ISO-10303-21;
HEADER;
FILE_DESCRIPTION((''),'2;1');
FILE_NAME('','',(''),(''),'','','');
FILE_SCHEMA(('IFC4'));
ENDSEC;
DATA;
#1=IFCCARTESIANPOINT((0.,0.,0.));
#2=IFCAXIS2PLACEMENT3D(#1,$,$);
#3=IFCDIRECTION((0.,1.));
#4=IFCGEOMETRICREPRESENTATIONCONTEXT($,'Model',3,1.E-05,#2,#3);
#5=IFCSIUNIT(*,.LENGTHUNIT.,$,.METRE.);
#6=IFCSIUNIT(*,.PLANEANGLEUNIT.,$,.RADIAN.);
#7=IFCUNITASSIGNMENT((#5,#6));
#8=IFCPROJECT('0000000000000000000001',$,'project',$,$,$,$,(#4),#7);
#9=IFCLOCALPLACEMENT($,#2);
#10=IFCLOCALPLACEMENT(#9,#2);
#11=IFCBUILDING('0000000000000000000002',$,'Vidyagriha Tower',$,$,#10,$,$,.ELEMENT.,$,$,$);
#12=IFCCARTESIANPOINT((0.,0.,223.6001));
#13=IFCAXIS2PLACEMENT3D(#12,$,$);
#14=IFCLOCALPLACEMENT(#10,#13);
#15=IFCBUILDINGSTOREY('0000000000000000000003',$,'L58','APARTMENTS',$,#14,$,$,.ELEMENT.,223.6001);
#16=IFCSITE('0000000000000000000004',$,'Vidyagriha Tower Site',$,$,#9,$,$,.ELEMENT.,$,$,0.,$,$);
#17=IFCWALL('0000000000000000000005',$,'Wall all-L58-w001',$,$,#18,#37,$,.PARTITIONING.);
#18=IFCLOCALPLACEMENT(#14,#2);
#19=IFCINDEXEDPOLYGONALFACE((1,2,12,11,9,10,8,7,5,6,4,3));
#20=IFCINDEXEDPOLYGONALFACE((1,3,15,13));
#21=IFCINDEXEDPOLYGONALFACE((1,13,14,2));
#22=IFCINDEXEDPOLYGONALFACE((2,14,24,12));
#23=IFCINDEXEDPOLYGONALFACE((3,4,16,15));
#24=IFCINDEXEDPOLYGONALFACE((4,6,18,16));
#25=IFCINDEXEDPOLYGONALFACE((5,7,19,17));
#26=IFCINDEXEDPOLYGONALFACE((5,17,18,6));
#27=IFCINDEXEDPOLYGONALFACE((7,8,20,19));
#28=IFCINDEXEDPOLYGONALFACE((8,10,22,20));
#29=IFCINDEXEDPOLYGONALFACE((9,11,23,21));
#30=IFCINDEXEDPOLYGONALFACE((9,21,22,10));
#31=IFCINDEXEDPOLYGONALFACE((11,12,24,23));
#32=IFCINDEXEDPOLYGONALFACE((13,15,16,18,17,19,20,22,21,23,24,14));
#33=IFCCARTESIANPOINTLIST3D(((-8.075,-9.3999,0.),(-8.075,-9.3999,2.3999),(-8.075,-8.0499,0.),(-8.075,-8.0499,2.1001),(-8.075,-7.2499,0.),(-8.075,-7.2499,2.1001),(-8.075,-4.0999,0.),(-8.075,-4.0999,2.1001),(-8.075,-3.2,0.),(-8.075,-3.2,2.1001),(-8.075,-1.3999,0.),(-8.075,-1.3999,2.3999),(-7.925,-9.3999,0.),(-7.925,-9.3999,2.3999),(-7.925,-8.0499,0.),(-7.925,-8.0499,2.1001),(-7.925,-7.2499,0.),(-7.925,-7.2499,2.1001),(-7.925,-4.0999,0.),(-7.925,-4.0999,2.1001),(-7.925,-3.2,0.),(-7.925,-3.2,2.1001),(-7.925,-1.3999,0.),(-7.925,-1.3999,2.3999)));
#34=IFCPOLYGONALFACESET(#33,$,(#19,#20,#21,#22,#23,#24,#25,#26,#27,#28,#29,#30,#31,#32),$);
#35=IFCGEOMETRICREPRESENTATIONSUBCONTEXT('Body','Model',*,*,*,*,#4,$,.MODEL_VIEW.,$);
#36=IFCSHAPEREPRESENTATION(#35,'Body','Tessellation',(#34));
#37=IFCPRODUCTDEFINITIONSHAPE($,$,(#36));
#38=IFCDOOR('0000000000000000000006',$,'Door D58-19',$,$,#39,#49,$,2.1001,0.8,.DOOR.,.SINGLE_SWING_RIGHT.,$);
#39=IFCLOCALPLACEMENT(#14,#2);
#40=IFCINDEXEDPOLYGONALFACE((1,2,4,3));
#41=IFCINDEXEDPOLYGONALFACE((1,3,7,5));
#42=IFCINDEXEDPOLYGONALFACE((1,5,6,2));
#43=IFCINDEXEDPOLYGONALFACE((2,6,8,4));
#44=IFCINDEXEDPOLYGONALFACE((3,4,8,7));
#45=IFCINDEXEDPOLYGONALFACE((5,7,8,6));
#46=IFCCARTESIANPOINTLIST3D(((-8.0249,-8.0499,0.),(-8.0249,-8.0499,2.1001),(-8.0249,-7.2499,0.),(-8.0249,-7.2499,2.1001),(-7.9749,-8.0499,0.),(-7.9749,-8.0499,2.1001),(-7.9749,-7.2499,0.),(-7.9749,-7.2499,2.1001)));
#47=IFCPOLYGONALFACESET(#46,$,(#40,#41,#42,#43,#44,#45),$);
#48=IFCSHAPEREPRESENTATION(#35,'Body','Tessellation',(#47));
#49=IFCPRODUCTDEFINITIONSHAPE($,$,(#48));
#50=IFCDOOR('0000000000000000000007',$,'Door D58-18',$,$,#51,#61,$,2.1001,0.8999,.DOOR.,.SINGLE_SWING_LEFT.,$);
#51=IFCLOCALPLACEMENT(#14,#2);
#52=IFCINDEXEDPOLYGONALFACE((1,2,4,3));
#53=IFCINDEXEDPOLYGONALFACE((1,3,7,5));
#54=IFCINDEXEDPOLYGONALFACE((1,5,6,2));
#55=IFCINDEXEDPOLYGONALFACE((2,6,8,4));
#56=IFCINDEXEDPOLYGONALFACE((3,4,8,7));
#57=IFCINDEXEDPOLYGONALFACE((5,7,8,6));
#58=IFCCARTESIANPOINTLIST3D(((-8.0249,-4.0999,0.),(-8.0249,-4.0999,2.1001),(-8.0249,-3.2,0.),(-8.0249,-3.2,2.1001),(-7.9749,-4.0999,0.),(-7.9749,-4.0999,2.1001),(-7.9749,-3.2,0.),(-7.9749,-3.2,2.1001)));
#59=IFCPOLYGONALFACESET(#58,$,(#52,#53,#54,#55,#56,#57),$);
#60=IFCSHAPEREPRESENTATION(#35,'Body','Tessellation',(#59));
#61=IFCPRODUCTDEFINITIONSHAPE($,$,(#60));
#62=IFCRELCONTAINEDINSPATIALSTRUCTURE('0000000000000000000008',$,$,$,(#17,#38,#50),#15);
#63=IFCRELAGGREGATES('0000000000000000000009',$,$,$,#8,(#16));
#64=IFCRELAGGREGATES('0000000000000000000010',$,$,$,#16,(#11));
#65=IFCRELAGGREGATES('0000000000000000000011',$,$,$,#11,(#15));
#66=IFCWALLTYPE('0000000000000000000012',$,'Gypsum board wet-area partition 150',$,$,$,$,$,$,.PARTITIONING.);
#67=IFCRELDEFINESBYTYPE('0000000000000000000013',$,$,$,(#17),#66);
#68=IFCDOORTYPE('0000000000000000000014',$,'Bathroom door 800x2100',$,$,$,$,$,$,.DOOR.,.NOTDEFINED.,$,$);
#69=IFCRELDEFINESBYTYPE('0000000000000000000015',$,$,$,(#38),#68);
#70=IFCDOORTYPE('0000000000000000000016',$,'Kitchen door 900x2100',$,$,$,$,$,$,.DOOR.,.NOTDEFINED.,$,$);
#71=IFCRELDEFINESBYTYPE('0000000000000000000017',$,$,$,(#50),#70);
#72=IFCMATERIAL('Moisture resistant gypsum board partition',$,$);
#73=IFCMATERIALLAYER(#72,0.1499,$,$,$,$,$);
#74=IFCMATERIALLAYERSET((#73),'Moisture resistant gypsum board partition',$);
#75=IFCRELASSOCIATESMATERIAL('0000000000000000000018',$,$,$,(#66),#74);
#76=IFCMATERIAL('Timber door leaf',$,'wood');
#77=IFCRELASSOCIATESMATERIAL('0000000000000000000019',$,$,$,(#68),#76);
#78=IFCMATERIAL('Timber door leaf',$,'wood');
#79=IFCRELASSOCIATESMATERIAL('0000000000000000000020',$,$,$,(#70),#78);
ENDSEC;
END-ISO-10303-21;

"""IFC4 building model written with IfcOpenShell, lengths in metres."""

from ifc_helpers import new_model, si_unit, direction, frame, frame_2d, origin, place, context, subcontext, project, spatial, rectangle, extrude, material, layer, layer_set, type_object, element, fill, save


model = new_model("IFC4")

# Units and contexts
model_context = context("Model", 3, precision=1e-05, world=origin(), true_north=direction((0.0, 1.0)))
body_context = subcontext(model_context, "Body", "Model", "MODEL_VIEW")
ifc_project = project(units=[si_unit("LENGTHUNIT", "METRE"), si_unit("PLANEANGLEUNIT", "RADIAN")], contexts=[model_context])

# Site, building, storey
site_placement = place(None, origin())
site = spatial("IfcSite", under=ifc_project, at=site_placement, Name="Vidyagriha Tower Site", CompositionType="ELEMENT", RefElevation=0.0)
building_placement = place(site_placement, origin())
building = spatial("IfcBuilding", under=site, at=building_placement, Name="Vidyagriha Tower", CompositionType="ELEMENT")
storey_placement = place(building_placement, frame((0.0, 0.0, 223.6001)))
storey = spatial("IfcBuildingStorey", under=building, at=storey_placement, Name="L58", Description="APARTMENTS", CompositionType="ELEMENT", Elevation=223.6001)

# Wall, openings, doors
ifc_material_1 = material(Name="Moisture resistant gypsum board partition")
ifc_layer_1 = layer(ifc_material_1, 0.1499)
ifc_layer_set_1 = layer_set([ifc_layer_1], Name="Moisture resistant gypsum board partition")
wall_type_1 = type_object("IfcWallType", Name="Gypsum board wet-area partition 150", PredefinedType="PARTITIONING", material=ifc_layer_set_1)
wall_1_placement = place(storey_placement, frame((-8.0, -9.3999, 0.0), z_axis=(0.0, 0.0, 1.0), x_axis=(0.0, 1.0, 0.0)))
wall_1 = element("IfcWall", 1, at=wall_1_placement, inside=storey, type_object=wall_type_1, Name="Wall all-L58-w001", PredefinedType="PARTITIONING", context=body_context, shape_type="SweptSolid", body=[
    extrude(rectangle(XDim=8.0, YDim=0.1499, at=frame_2d((4.0, 0.0))), origin(), (0.0, 0.0, 1.0), 2.3999),
])
opening_1_placement = place(wall_1_placement, frame((5.3, 0.0, 0.0)))
opening_1 = element("IfcOpeningElement", 2, at=opening_1_placement, cuts=wall_1, PredefinedType="OPENING", context=body_context, shape_type="SweptSolid", body=[
    extrude(rectangle(XDim=0.8999, YDim=2.1001, at=frame_2d((0.45, 1.05))), frame((0.0, 0.085, 0.0), z_axis=(0.0, -1.0, 0.0), x_axis=(1.0, 0.0, 0.0)), (0.0, 0.0, 1.0), 0.1699),
])
opening_2_placement = place(wall_1_placement, frame((1.3501, 0.0, 0.0)))
opening_2 = element("IfcOpeningElement", 3, at=opening_2_placement, cuts=wall_1, PredefinedType="OPENING", context=body_context, shape_type="SweptSolid", body=[
    extrude(rectangle(XDim=0.8, YDim=2.1001, at=frame_2d((0.3999, 1.05))), frame((0.0, 0.085, 0.0), z_axis=(0.0, -1.0, 0.0), x_axis=(1.0, 0.0, 0.0)), (0.0, 0.0, 1.0), 0.1699),
])
ifc_material_2 = material(Name="Timber door leaf", Category="wood")
door_type_1 = type_object("IfcDoorType", Name="Bathroom door 800x2100", OperationType="NOTDEFINED", PredefinedType="DOOR", material=ifc_material_2)
door_1_placement = place(opening_2_placement, origin())
door_1 = element("IfcDoor", 4, at=door_1_placement, inside=storey, type_object=door_type_1, Name="Door D58-19", OperationType="SINGLE_SWING_RIGHT", OverallHeight=2.1001, OverallWidth=0.8, PredefinedType="DOOR", context=body_context, shape_type="SweptSolid", body=[
    extrude(rectangle(XDim=0.8, YDim=2.1001, at=frame_2d((0.3999, 1.05))), frame((0.0, 0.0249, 0.0), z_axis=(0.0, -1.0, 0.0), x_axis=(1.0, 0.0, 0.0)), (0.0, 0.0, 1.0), 0.05),
])
fill(opening_2, door_1)
ifc_material_3 = material(Name="Timber door leaf", Category="wood")
door_type_2 = type_object("IfcDoorType", Name="Kitchen door 900x2100", OperationType="NOTDEFINED", PredefinedType="DOOR", material=ifc_material_3)
door_2_placement = place(opening_1_placement, origin())
door_2 = element("IfcDoor", 5, at=door_2_placement, inside=storey, type_object=door_type_2, Name="Door D58-18", OperationType="SINGLE_SWING_LEFT", OverallHeight=2.1001, OverallWidth=0.8999, PredefinedType="DOOR", context=body_context, shape_type="SweptSolid", body=[
    extrude(rectangle(XDim=0.8999, YDim=2.1001, at=frame_2d((0.45, 1.05))), frame((0.0, 0.0249, 0.0), z_axis=(0.0, -1.0, 0.0), x_axis=(1.0, 0.0, 0.0)), (0.0, 0.0, 1.0), 0.05),
])
fill(opening_1, door_2)

save(model, "model.ifc")
